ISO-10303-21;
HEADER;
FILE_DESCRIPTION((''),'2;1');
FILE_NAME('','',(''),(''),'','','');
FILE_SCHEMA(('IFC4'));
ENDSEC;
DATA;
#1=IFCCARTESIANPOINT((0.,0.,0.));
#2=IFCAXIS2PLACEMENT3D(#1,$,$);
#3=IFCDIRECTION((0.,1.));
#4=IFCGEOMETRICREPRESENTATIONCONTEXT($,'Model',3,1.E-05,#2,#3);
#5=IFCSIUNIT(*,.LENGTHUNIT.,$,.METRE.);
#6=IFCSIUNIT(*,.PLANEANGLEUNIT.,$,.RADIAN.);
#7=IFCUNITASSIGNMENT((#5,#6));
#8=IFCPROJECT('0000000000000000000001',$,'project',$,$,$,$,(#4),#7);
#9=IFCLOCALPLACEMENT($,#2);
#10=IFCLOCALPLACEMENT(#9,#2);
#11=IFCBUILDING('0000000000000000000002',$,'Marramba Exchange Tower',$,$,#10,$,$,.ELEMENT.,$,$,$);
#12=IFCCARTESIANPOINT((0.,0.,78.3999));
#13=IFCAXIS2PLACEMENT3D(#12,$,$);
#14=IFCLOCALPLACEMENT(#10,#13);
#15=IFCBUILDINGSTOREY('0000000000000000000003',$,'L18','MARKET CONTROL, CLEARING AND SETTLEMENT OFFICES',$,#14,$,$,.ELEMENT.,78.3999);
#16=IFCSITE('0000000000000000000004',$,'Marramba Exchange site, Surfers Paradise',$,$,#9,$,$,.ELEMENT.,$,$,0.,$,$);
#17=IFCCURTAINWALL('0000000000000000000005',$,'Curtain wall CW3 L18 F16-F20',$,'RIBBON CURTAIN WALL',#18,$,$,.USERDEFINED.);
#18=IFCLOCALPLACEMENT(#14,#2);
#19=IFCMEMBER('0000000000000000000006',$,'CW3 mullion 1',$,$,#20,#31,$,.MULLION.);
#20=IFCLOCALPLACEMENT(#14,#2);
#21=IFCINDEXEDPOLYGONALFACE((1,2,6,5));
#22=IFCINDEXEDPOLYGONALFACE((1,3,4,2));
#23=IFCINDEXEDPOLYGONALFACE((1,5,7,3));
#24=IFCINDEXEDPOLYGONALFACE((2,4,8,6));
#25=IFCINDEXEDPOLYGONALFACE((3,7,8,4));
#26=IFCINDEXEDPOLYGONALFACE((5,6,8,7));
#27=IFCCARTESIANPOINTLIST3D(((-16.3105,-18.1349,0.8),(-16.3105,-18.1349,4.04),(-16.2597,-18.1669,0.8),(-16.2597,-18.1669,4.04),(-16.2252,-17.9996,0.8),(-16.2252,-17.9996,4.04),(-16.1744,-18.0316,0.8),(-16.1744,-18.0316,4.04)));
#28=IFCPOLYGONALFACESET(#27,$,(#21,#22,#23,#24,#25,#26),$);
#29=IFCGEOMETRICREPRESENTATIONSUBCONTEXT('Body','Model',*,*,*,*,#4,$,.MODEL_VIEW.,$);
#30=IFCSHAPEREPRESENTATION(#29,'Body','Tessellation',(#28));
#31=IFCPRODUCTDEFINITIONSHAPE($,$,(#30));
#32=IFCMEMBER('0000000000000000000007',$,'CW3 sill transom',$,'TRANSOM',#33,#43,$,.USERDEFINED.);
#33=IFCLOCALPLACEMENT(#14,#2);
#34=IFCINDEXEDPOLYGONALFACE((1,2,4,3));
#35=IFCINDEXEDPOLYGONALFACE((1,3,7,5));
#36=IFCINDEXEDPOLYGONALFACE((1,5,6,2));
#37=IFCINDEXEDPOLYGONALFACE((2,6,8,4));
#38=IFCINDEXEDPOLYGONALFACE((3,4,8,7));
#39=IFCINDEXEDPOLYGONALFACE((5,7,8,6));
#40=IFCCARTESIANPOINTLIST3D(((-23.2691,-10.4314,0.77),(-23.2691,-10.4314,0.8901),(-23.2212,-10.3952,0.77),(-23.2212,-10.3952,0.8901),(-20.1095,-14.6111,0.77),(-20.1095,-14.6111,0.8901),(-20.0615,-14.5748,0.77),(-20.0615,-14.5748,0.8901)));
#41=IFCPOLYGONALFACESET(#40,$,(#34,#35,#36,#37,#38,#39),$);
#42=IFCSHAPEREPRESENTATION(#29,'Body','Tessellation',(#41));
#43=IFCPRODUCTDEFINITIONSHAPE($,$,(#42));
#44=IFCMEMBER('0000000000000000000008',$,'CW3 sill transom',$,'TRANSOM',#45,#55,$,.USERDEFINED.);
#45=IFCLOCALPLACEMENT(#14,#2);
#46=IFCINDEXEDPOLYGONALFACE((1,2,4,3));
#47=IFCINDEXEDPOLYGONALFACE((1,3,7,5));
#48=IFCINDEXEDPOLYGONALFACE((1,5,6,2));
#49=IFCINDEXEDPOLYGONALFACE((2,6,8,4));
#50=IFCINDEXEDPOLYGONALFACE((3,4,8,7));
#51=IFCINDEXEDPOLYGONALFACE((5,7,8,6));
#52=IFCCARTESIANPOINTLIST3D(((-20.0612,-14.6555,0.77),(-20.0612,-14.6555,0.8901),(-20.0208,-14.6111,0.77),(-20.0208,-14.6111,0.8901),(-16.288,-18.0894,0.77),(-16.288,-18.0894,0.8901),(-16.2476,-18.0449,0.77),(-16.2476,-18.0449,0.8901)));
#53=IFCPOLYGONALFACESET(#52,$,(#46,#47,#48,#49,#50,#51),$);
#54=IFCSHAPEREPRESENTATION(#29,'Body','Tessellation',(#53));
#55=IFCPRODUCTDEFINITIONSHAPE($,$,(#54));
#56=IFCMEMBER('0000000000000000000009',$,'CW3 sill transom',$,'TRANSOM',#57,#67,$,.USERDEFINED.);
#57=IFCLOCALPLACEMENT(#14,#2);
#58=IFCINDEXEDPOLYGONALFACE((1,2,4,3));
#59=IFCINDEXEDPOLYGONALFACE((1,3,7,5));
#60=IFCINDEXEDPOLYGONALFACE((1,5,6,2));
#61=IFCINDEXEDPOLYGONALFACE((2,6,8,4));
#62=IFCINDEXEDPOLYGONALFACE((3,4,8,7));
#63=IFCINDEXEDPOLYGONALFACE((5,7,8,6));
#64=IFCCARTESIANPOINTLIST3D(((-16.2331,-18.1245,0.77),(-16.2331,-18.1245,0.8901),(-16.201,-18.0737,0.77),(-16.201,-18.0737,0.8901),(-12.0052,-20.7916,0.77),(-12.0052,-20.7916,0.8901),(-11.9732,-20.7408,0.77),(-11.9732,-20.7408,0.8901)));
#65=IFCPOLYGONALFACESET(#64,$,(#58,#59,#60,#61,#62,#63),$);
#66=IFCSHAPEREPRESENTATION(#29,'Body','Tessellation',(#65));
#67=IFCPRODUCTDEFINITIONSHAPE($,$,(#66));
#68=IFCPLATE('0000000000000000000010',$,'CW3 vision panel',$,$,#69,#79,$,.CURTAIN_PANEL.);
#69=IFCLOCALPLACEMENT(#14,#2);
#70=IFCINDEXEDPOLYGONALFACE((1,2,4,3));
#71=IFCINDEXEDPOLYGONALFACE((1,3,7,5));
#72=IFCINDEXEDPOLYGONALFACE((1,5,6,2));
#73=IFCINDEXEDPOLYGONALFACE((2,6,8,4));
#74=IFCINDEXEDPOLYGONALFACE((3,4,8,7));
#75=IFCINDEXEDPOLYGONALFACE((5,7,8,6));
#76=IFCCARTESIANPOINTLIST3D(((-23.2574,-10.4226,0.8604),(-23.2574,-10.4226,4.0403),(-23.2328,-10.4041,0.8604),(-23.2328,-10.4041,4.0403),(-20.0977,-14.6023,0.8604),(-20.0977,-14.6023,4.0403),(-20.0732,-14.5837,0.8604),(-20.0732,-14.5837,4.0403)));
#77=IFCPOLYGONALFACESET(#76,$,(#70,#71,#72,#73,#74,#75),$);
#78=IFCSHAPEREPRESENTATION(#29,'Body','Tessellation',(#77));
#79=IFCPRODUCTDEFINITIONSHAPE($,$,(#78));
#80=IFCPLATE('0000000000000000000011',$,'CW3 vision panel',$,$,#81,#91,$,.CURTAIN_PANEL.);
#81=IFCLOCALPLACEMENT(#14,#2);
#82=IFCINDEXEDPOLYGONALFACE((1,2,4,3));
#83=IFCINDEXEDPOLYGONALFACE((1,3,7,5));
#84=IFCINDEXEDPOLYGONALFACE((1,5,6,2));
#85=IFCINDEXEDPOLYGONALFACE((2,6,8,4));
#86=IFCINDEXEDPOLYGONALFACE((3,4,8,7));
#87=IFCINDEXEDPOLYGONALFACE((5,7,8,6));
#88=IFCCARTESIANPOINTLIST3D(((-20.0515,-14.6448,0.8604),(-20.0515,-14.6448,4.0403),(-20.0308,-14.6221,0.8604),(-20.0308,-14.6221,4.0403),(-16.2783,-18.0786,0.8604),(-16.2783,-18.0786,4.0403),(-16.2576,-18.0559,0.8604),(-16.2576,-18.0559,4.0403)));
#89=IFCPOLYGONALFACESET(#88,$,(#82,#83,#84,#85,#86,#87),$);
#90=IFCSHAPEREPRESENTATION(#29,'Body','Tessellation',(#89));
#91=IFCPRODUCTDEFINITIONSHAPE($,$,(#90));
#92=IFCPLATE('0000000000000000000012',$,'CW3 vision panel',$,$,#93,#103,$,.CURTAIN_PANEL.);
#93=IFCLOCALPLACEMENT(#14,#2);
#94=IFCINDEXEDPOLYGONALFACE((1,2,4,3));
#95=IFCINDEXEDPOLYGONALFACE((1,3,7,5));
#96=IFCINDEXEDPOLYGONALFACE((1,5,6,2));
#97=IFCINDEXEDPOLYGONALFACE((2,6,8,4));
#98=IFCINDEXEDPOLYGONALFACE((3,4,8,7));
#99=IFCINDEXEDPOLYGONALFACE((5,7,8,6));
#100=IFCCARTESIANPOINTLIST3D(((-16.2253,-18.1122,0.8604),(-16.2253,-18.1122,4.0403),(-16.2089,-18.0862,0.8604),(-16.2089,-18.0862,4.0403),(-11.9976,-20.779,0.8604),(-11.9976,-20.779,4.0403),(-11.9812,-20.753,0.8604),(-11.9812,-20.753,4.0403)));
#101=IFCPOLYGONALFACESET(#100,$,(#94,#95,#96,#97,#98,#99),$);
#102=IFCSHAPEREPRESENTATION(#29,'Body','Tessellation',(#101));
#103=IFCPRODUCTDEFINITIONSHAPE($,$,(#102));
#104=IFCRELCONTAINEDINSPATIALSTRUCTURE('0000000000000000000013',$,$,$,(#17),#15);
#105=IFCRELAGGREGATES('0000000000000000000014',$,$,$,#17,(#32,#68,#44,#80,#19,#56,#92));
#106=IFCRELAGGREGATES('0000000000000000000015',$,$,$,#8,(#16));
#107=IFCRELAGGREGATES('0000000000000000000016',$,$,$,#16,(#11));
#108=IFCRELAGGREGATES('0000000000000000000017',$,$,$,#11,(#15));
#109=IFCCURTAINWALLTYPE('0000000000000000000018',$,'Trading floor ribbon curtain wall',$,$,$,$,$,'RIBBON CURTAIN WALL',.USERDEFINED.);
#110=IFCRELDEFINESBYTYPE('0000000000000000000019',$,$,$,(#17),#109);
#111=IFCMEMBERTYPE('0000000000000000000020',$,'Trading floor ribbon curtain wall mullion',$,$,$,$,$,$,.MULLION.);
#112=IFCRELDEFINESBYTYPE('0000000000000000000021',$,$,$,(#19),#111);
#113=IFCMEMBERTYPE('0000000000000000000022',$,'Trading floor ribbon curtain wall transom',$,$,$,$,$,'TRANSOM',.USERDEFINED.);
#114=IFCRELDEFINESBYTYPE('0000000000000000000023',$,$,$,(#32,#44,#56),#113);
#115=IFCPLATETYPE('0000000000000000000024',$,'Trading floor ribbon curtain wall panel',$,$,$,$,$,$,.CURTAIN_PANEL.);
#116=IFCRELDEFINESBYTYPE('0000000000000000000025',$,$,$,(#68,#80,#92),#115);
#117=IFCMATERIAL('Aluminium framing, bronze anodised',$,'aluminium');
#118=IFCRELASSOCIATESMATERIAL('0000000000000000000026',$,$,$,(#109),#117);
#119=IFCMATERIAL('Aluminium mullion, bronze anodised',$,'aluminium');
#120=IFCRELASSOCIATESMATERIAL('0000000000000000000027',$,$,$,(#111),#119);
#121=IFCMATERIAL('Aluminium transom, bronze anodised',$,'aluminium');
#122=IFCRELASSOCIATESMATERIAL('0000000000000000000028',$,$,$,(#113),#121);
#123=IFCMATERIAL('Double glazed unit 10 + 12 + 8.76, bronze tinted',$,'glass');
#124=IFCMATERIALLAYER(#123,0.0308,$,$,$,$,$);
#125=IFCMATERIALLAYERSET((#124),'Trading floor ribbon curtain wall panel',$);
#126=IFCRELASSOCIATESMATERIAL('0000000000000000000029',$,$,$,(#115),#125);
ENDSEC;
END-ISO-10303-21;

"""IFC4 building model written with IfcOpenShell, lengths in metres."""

from ifc_helpers import new_model, si_unit, direction, frame, origin, origin_2d, place, context, subcontext, project, spatial, rectangle, extrude, material, layer, layer_set, material_profile, profile_set, type_object, element, aggregate, save


model = new_model("IFC4")

# Units and contexts
model_context = context("Model", 3, precision=1e-05, world=origin(), true_north=direction((0.0, 1.0)))
body_context = subcontext(model_context, "Body", "Model", "MODEL_VIEW")
ifc_project = project(units=[si_unit("LENGTHUNIT", "METRE"), si_unit("PLANEANGLEUNIT", "RADIAN")], contexts=[model_context])

# Site, building, storey
site_placement = place(None, origin())
site = spatial("IfcSite", under=ifc_project, at=site_placement, Name="Marramba Exchange site, Surfers Paradise", CompositionType="ELEMENT", RefElevation=0.0)
building_placement = place(site_placement, origin())
building = spatial("IfcBuilding", under=site, at=building_placement, Name="Marramba Exchange Tower", CompositionType="ELEMENT")
storey_placement = place(building_placement, frame((0.0, 0.0, 78.3999)))
storey = spatial("IfcBuildingStorey", under=building, at=storey_placement, Name="L18", Description="MARKET CONTROL, CLEARING AND SETTLEMENT OFFICES", CompositionType="ELEMENT", Elevation=78.3999)

# Curtain wall, members, plates
ifc_material_1 = material(Name="Aluminium framing, bronze anodised", Category="aluminium")
curtain_wall_type = type_object("IfcCurtainWallType", Name="Trading floor ribbon curtain wall", ElementType="RIBBON CURTAIN WALL", PredefinedType="USERDEFINED", material=ifc_material_1)
curtain_wall_placement = place(storey_placement, origin())
curtain_wall = element("IfcCurtainWall", 1, at=curtain_wall_placement, inside=storey, type_object=curtain_wall_type, Name="Curtain wall CW3 L18 F16-F20", ObjectType="RIBBON CURTAIN WALL", PredefinedType="USERDEFINED")
ifc_material_2 = material(Name="Aluminium mullion, bronze anodised", Category="aluminium")
ifc_material_profile_1 = material_profile(ifc_material_2, rectangle(XDim=0.1599, YDim=0.0601, at=origin_2d()), Name="CW3 mullion 60x160")
ifc_profile_set_1 = profile_set([ifc_material_profile_1], Name="Aluminium mullion, bronze anodised")
member_type_1 = type_object("IfcMemberType", Name="Trading floor ribbon curtain wall mullion", PredefinedType="MULLION", material=ifc_profile_set_1)
member_1_placement = place(storey_placement, frame((-16.2424, -18.0833, 0.8), z_axis=(0.0, 0.0, 1.0), x_axis=(0.533515, 0.845791, 0.0)))
member_1 = element("IfcMember", 2, at=member_1_placement, type_object=member_type_1, Name="CW3 mullion 1", PredefinedType="MULLION", context=body_context, shape_type="SweptSolid", body=[
    extrude(rectangle(XDim=0.1599, YDim=0.0601, at=origin_2d()), origin(), (0.0, 0.0, 1.0), 3.24),
])
ifc_material_3 = material(Name="Aluminium transom, bronze anodised", Category="aluminium")
ifc_material_profile_2 = material_profile(ifc_material_3, rectangle(XDim=0.0601, YDim=0.1201, at=origin_2d()), Name="CW3 transom 60x120")
ifc_profile_set_2 = profile_set([ifc_material_profile_2], Name="Aluminium transom, bronze anodised")
member_type_2 = type_object("IfcMemberType", Name="Trading floor ribbon curtain wall transom", ElementType="TRANSOM", PredefinedType="USERDEFINED", material=ifc_profile_set_2)
member_2_placement = place(storey_placement, frame((-23.2451, -10.4133, 0.8301), z_axis=(0.603037, -0.797713, 0.0), x_axis=(0.797713, 0.603037, 0.0)))
member_2 = element("IfcMember", 3, at=member_2_placement, type_object=member_type_2, Name="CW3 sill transom", ObjectType="TRANSOM", PredefinedType="USERDEFINED", context=body_context, shape_type="SweptSolid", body=[
    extrude(rectangle(XDim=0.0601, YDim=0.1201, at=origin_2d()), origin(), (0.0, 0.0, 1.0), 5.2395),
])
member_3_placement = place(storey_placement, frame((-20.041, -14.6333, 0.8301), z_axis=(0.739583, -0.673066, 0.0), x_axis=(0.673066, 0.739583, 0.0)))
member_3 = element("IfcMember", 4, at=member_3_placement, type_object=member_type_2, Name="CW3 sill transom", ObjectType="TRANSOM", PredefinedType="USERDEFINED", context=body_context, shape_type="SweptSolid", body=[
    extrude(rectangle(XDim=0.0601, YDim=0.1201, at=origin_2d()), origin(), (0.0, 0.0, 1.0), 5.1018),
])
member_4_placement = place(storey_placement, frame((-16.217, -18.0991, 0.8301), z_axis=(0.845777, -0.533537, 0.0), x_axis=(0.533537, 0.845777, 0.0)))
member_4 = element("IfcMember", 5, at=member_4_placement, type_object=member_type_2, Name="CW3 sill transom", ObjectType="TRANSOM", PredefinedType="USERDEFINED", context=body_context, shape_type="SweptSolid", body=[
    extrude(rectangle(XDim=0.0601, YDim=0.1201, at=origin_2d()), origin(), (0.0, 0.0, 1.0), 4.9988),
])
ifc_material_4 = material(Name="Double glazed unit 10 + 12 + 8.76, bronze tinted", Category="glass")
ifc_layer_1 = layer(ifc_material_4, 0.0308)
ifc_layer_set_1 = layer_set([ifc_layer_1], Name="Trading floor ribbon curtain wall panel")
plate_type = type_object("IfcPlateType", Name="Trading floor ribbon curtain wall panel", PredefinedType="CURTAIN_PANEL", material=ifc_layer_set_1)
plate_1_placement = place(storey_placement, frame((-21.6653, -12.5032, 0.8604), z_axis=(0.0, 0.0, 1.0), x_axis=(0.60304, -0.797711, 0.0)))
plate_1 = element("IfcPlate", 6, at=plate_1_placement, type_object=plate_type, Name="CW3 vision panel", PredefinedType="CURTAIN_PANEL", context=body_context, shape_type="SweptSolid", body=[
    extrude(rectangle(XDim=5.2395, YDim=0.0308, at=origin_2d()), origin(), (0.0, 0.0, 1.0), 3.1799),
])
plate_2_placement = place(storey_placement, frame((-18.1545, -16.3503, 0.8604), z_axis=(0.0, 0.0, 1.0), x_axis=(0.73959, -0.673058, 0.0)))
plate_2 = element("IfcPlate", 7, at=plate_2_placement, type_object=plate_type, Name="CW3 vision panel", PredefinedType="CURTAIN_PANEL", context=body_context, shape_type="SweptSolid", body=[
    extrude(rectangle(XDim=5.1018, YDim=0.0308, at=origin_2d()), origin(), (0.0, 0.0, 1.0), 3.1799),
])
plate_3_placement = place(storey_placement, frame((-14.1033, -19.4326, 0.8604), z_axis=(0.0, 0.0, 1.0), x_axis=(0.845791, -0.533515, 0.0)))
plate_3 = element("IfcPlate", 8, at=plate_3_placement, type_object=plate_type, Name="CW3 vision panel", PredefinedType="CURTAIN_PANEL", context=body_context, shape_type="SweptSolid", body=[
    extrude(rectangle(XDim=4.9985, YDim=0.0308, at=origin_2d()), origin(), (0.0, 0.0, 1.0), 3.1799),
])
aggregate(curtain_wall, [member_2, plate_1, member_3, plate_2, member_1, member_4, plate_3])

save(model, "model.ifc")
